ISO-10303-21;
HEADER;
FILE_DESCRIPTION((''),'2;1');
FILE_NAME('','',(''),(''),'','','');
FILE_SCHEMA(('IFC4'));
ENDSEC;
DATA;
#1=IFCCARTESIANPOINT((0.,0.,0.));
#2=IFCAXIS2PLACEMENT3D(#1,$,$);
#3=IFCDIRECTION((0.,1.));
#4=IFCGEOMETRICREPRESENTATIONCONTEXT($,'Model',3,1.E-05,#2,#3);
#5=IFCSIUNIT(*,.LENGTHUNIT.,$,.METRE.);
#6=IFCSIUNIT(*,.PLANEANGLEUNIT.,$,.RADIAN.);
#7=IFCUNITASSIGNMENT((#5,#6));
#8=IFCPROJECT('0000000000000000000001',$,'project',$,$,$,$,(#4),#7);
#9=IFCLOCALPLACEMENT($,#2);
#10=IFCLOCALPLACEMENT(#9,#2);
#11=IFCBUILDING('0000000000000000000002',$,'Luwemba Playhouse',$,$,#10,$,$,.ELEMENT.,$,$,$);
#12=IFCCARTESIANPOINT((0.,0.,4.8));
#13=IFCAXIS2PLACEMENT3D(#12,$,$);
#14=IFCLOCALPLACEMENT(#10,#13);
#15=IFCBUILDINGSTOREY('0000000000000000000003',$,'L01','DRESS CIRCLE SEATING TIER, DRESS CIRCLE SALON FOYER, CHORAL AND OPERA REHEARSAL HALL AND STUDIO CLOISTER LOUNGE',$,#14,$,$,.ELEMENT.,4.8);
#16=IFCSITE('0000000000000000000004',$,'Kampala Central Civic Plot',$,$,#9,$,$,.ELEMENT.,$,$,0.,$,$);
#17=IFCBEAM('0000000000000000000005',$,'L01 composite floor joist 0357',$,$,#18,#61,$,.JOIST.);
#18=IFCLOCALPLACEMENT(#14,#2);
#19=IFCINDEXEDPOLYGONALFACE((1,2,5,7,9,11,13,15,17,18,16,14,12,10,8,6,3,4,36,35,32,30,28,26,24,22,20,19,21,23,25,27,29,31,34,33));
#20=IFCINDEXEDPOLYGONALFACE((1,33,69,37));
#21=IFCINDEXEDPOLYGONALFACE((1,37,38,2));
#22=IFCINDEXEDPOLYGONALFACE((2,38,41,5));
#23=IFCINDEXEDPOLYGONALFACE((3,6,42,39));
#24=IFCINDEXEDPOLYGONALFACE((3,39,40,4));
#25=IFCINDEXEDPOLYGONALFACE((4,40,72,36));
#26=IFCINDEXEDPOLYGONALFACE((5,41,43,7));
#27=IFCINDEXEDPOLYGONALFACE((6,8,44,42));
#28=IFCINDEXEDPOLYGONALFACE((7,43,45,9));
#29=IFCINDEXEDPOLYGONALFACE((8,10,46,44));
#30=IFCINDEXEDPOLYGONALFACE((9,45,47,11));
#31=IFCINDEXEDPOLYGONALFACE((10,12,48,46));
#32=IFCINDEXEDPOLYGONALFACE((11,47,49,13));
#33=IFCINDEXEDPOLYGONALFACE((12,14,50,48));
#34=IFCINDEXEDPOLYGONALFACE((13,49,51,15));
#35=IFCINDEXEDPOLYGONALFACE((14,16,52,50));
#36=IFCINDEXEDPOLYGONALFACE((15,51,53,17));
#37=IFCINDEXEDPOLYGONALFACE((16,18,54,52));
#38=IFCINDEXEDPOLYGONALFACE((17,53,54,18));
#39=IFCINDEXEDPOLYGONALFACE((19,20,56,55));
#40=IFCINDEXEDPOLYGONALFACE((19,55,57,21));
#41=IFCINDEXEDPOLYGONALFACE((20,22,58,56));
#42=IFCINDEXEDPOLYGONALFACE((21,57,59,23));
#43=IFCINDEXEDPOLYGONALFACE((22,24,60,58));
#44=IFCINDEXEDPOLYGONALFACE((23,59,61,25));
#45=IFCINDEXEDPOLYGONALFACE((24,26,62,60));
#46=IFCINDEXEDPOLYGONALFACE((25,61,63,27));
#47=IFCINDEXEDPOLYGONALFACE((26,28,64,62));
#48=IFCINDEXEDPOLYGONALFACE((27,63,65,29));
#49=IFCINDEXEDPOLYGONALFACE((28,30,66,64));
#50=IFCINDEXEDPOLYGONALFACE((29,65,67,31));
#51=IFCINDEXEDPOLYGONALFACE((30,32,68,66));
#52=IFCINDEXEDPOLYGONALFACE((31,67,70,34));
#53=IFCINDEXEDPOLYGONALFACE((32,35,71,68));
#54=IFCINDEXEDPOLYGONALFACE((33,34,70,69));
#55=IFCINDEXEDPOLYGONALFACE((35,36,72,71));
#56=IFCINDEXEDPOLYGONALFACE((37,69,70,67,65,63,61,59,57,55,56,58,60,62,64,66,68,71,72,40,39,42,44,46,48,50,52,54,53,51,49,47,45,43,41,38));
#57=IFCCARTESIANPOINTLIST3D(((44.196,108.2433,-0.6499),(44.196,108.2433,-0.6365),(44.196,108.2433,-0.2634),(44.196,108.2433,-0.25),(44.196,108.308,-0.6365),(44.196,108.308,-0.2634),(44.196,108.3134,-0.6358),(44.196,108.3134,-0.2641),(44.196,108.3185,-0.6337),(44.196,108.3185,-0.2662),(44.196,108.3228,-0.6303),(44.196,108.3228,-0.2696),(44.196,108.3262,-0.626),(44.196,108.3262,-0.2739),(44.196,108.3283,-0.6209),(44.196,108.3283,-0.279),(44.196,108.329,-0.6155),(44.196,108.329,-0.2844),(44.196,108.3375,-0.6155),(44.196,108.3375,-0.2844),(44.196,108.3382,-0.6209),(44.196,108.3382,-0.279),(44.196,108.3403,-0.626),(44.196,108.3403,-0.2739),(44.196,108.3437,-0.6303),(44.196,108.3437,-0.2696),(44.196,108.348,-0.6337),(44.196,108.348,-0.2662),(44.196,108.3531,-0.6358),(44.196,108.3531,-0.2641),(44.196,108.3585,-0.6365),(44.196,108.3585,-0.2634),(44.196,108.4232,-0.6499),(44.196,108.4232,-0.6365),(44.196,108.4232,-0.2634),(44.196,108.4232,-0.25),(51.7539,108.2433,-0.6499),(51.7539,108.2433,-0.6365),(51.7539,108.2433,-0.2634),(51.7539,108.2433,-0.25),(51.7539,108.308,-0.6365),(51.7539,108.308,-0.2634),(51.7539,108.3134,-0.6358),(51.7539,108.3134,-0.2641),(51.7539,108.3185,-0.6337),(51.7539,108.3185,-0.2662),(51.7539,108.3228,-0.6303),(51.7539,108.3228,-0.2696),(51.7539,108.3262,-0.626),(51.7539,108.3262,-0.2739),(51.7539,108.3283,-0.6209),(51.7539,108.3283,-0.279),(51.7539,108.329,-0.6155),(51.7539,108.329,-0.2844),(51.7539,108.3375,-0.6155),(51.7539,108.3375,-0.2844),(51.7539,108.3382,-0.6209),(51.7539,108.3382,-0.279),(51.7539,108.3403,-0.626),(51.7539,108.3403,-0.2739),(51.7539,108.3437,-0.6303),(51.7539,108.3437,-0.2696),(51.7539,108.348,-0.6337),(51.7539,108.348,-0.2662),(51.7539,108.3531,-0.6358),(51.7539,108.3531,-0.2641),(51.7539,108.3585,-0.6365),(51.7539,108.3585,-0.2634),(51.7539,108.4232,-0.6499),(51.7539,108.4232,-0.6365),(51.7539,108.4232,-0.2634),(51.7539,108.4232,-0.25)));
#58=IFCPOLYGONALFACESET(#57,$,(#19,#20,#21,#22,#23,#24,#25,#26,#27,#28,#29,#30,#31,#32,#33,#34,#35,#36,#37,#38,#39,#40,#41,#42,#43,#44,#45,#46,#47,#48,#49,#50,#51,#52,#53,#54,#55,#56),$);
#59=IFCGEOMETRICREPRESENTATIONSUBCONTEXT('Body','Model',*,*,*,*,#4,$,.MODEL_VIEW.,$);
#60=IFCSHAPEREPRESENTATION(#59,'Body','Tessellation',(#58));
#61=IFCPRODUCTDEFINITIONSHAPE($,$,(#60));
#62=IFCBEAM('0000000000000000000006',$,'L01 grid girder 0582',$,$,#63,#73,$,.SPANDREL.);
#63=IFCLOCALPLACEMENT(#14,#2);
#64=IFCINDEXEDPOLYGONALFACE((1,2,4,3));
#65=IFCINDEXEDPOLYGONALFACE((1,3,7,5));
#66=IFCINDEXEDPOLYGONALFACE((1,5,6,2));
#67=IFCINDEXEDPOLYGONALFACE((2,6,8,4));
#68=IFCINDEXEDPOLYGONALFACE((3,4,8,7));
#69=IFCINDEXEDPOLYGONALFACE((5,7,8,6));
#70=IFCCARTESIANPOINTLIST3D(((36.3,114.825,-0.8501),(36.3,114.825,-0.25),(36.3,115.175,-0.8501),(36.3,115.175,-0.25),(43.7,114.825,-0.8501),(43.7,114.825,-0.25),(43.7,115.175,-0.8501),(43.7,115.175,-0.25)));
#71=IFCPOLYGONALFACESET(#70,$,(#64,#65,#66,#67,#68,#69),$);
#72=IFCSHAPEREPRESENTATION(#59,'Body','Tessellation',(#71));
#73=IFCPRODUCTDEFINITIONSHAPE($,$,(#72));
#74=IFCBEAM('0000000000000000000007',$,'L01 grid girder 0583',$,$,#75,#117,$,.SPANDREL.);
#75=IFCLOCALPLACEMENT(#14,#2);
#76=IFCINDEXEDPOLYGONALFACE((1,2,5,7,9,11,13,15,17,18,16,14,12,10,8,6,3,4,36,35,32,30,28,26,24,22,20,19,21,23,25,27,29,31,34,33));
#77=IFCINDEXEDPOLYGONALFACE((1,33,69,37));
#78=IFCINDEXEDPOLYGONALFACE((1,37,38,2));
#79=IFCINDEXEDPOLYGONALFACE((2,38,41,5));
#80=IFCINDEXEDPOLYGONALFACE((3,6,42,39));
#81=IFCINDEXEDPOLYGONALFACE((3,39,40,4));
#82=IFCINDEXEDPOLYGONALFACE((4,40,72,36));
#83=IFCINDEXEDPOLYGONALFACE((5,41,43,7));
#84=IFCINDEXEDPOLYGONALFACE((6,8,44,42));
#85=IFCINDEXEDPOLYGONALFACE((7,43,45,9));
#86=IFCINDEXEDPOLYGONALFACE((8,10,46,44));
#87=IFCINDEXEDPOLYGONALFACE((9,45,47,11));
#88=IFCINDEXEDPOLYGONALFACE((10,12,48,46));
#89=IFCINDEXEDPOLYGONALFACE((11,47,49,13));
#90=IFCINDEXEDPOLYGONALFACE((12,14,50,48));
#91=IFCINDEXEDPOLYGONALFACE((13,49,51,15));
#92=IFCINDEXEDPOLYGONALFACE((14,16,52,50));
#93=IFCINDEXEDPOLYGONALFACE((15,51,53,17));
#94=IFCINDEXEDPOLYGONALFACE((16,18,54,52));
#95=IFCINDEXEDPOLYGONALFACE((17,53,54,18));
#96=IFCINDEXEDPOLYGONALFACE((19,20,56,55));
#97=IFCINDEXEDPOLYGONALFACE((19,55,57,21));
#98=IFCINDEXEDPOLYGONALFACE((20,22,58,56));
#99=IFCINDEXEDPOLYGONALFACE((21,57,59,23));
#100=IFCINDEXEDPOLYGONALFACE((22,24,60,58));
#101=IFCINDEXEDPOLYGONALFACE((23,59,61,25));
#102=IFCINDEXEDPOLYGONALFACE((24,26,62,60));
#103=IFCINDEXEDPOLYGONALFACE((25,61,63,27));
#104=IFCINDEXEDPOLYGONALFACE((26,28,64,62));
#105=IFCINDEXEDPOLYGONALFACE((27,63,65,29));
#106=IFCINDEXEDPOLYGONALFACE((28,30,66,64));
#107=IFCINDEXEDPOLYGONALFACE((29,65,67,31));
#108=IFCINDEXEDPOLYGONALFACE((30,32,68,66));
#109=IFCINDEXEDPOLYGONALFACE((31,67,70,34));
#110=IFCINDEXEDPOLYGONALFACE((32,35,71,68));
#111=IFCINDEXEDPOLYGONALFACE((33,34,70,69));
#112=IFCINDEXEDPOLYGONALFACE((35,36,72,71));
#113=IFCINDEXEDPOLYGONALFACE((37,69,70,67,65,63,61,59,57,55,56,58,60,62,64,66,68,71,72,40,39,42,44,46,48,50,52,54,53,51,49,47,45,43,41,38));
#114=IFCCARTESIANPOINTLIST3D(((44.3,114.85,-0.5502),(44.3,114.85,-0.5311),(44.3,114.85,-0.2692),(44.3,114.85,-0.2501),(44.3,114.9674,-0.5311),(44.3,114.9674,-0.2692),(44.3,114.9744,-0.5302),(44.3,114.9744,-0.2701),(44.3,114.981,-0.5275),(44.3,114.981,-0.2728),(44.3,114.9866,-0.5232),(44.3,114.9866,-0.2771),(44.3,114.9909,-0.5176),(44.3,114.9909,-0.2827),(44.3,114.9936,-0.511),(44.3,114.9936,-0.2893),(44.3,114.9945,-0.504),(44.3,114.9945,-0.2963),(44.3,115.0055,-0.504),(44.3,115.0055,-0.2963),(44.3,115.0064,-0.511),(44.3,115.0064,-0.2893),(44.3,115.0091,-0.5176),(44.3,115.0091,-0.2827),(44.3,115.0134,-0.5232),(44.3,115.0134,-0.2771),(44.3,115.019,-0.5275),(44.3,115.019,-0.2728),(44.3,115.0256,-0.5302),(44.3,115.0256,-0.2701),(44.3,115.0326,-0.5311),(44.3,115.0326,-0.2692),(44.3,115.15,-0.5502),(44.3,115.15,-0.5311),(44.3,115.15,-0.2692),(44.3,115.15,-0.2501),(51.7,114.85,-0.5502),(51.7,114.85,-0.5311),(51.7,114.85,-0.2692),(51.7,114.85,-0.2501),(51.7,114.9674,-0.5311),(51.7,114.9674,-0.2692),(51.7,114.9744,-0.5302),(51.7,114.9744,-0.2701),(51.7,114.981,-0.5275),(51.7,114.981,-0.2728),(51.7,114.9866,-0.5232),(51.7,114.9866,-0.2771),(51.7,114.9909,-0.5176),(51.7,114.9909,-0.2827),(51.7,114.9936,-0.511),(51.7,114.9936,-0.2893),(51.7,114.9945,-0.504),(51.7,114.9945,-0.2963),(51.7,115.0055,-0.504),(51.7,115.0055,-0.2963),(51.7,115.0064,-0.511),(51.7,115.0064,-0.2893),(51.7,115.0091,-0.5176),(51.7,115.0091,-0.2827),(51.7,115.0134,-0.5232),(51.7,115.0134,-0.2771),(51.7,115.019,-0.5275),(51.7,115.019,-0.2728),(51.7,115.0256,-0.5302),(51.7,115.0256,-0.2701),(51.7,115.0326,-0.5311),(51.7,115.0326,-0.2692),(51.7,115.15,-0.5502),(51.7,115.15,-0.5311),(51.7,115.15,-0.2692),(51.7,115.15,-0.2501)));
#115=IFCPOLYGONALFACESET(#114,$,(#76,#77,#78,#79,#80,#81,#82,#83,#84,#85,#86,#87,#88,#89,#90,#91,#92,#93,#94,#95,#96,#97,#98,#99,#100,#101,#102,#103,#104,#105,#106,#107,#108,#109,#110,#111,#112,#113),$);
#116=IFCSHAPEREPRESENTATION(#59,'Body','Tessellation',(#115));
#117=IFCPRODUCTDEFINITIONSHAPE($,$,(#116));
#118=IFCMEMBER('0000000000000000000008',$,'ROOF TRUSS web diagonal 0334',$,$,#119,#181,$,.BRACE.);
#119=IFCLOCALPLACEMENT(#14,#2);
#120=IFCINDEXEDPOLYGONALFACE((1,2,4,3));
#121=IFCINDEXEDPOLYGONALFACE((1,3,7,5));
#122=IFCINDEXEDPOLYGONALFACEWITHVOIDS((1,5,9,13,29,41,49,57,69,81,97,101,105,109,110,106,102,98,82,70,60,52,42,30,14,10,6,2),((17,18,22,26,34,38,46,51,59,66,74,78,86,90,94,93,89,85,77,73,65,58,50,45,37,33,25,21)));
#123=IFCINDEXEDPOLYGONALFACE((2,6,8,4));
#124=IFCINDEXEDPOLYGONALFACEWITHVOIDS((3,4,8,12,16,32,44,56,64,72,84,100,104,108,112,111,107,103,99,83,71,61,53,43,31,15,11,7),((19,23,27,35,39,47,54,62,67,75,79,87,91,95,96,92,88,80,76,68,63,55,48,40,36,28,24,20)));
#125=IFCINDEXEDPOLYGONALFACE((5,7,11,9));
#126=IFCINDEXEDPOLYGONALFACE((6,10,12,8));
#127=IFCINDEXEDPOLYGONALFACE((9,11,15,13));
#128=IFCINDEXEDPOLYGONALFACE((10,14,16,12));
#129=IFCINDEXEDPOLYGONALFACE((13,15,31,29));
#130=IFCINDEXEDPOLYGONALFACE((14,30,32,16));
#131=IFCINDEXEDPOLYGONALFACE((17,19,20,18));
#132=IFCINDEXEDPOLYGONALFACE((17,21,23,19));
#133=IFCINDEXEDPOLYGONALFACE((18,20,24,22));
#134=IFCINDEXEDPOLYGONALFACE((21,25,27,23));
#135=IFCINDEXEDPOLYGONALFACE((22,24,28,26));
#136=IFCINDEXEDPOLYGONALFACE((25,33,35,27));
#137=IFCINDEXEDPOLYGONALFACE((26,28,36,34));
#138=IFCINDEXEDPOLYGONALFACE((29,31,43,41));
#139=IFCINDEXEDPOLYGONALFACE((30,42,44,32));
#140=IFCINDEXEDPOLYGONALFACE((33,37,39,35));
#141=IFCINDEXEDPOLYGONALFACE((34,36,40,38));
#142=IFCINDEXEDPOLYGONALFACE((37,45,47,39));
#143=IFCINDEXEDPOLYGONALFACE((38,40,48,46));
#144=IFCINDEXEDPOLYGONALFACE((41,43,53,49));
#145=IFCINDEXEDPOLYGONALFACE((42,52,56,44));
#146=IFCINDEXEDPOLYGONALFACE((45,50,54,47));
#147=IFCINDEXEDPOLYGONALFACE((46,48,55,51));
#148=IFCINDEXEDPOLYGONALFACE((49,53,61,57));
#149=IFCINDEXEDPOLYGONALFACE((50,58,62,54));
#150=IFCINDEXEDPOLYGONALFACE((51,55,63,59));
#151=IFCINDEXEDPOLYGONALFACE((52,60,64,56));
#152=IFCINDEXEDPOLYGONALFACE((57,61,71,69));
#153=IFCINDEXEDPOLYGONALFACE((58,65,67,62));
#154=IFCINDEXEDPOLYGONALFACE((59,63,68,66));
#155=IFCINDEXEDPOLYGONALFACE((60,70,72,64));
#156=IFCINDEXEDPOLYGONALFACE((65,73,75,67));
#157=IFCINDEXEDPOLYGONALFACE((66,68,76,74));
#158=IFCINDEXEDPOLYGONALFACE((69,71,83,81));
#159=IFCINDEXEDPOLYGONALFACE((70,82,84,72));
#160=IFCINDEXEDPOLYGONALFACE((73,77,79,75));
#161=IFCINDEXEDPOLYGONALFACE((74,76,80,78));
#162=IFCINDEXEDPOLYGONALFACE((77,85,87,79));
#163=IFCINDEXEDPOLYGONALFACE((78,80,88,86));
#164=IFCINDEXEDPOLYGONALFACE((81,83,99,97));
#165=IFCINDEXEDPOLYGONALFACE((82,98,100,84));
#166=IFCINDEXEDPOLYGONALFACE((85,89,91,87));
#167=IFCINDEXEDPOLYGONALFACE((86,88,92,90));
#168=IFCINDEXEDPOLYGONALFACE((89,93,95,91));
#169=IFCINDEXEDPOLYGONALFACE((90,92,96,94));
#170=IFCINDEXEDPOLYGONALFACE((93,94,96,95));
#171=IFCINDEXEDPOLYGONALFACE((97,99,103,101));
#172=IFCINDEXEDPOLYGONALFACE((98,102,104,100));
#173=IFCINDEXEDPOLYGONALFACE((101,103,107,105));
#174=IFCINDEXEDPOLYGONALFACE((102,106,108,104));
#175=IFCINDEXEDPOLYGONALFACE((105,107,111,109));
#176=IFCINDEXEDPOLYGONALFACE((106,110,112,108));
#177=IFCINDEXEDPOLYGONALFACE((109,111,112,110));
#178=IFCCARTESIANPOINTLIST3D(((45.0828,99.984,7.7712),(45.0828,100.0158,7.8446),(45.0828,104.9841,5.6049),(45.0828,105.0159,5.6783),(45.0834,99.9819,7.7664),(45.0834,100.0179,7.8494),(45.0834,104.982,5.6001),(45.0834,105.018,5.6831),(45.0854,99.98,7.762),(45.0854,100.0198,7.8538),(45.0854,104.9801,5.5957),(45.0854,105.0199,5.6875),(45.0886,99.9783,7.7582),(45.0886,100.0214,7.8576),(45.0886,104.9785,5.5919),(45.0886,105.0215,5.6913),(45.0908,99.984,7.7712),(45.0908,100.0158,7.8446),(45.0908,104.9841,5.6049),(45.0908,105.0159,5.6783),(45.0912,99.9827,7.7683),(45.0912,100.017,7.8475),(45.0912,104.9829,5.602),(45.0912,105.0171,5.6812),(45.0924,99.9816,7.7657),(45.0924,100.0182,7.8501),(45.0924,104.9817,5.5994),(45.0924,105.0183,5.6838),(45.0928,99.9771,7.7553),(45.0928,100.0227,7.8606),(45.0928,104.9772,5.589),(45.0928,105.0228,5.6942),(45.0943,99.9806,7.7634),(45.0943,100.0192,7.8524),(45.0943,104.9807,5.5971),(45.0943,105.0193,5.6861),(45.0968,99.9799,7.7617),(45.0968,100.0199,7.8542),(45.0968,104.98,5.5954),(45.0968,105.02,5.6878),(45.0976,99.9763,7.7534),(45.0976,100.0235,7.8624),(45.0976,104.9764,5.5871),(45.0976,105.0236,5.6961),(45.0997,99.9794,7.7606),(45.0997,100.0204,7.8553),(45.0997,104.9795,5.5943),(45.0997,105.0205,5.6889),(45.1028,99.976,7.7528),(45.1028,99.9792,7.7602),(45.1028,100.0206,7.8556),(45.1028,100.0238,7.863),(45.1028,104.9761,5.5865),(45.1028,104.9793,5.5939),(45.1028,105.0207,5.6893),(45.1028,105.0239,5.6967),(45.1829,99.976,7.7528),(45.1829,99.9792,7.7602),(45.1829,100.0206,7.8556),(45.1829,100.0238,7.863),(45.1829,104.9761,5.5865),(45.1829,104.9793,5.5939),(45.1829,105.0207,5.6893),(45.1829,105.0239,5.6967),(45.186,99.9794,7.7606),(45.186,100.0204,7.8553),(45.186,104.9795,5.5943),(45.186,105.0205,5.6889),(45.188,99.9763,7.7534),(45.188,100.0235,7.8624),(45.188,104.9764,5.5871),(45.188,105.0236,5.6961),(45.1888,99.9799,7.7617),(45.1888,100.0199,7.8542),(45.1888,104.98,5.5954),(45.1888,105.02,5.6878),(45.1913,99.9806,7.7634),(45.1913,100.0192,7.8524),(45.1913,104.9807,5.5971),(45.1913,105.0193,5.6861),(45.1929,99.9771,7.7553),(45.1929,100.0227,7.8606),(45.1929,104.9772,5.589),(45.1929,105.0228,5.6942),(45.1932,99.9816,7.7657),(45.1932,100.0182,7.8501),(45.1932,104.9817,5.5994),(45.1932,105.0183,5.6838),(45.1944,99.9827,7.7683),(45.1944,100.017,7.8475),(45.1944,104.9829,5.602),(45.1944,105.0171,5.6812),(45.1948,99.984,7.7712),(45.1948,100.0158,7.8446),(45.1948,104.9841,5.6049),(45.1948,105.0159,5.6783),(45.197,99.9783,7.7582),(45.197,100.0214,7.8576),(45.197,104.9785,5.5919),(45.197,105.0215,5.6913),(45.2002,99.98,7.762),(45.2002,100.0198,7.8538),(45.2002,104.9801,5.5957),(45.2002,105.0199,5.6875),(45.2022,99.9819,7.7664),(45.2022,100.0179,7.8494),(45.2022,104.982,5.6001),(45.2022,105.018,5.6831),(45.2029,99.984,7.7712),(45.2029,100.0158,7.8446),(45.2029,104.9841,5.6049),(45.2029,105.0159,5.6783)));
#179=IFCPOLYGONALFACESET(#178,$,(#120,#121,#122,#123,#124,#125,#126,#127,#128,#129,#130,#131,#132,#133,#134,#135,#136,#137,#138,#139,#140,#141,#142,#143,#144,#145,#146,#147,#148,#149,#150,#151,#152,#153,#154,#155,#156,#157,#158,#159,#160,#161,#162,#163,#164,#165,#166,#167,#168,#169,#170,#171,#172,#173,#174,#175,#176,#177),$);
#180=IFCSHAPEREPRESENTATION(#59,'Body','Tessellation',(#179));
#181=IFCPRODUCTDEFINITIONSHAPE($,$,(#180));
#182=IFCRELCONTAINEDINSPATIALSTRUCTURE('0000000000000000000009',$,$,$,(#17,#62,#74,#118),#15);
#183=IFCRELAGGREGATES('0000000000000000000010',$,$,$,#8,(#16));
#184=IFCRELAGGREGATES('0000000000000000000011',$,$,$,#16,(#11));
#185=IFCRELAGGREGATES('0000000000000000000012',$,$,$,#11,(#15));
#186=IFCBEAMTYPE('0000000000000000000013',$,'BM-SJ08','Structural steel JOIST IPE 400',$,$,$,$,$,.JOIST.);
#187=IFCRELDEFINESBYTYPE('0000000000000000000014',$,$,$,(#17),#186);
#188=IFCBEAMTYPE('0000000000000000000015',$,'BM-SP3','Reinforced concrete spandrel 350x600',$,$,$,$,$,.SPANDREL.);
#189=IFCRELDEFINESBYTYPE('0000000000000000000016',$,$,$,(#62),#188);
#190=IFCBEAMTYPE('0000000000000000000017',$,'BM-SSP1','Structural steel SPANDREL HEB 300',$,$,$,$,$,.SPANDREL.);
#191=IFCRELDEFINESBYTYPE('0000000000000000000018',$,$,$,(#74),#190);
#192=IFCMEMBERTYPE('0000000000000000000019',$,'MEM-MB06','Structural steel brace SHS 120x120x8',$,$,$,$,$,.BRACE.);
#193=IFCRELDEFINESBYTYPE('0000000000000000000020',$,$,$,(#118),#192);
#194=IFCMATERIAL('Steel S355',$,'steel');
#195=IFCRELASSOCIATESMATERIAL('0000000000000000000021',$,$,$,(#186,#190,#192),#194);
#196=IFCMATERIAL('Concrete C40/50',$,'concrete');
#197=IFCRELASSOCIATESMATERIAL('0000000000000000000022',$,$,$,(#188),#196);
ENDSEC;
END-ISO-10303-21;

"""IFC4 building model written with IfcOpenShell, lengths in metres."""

from ifc_helpers import new_model, si_unit, direction, frame, origin, origin_2d, place, context, subcontext, project, spatial, rectangle, hollow_rectangle, i_section, extrude, material, material_profile, profile_set, type_object, element, save


model = new_model("IFC4")

# Units and contexts
model_context = context("Model", 3, precision=1e-05, world=origin(), true_north=direction((0.0, 1.0)))
body_context = subcontext(model_context, "Body", "Model", "MODEL_VIEW")
ifc_project = project(units=[si_unit("LENGTHUNIT", "METRE"), si_unit("PLANEANGLEUNIT", "RADIAN")], contexts=[model_context])

# Site, building, storey
site_placement = place(None, origin())
site = spatial("IfcSite", under=ifc_project, at=site_placement, Name="Kampala Central Civic Plot", CompositionType="ELEMENT", RefElevation=0.0)
building_placement = place(site_placement, origin())
building = spatial("IfcBuilding", under=site, at=building_placement, Name="Luwemba Playhouse", CompositionType="ELEMENT")
storey_placement = place(building_placement, frame((0.0, 0.0, 4.8)))
storey = spatial("IfcBuildingStorey", under=building, at=storey_placement, Name="L01", Description="DRESS CIRCLE SEATING TIER, DRESS CIRCLE SALON FOYER, CHORAL AND OPERA REHEARSAL HALL AND STUDIO CLOISTER LOUNGE", CompositionType="ELEMENT", Elevation=4.8)

# Shared definitions
ifc_material_1 = material(Name="Concrete C40/50", Category="concrete")

# Beams
ifc_material_2 = material(Name="Steel S355", Category="steel")
ifc_material_profile_1 = material_profile(ifc_material_2, i_section(OverallWidth=0.1799, OverallDepth=0.3999, WebThickness=0.0085, FlangeThickness=0.0134, FilletRadius=0.021, at=origin_2d()))
ifc_profile_set_1 = profile_set([ifc_material_profile_1], Name="Steel S355")
beam_type_1 = type_object("IfcBeamType", Name="BM-SJ08", Description="Structural steel JOIST IPE 400", PredefinedType="JOIST", material=ifc_profile_set_1)
beam_1_placement = place(storey_placement, frame((44.196, 108.3333, -0.45), z_axis=(1.0, 0.0, 0.0), x_axis=(0.0, 1.0, 0.0)))
element("IfcBeam", 1, at=beam_1_placement, inside=storey, type_object=beam_type_1, Name="L01 composite floor joist 0357", PredefinedType="JOIST", context=body_context, shape_type="SweptSolid", body=[
    extrude(i_section(OverallWidth=0.1799, OverallDepth=0.3999, WebThickness=0.0085, FlangeThickness=0.0134, FilletRadius=0.021, at=origin_2d()), origin(), (0.0, 0.0, 1.0), 7.5579),
])
ifc_material_profile_2 = material_profile(ifc_material_1, rectangle(XDim=0.3501, YDim=0.6001, at=origin_2d()))
ifc_profile_set_2 = profile_set([ifc_material_profile_2], Name="Concrete C40/50")
beam_type_2 = type_object("IfcBeamType", Name="BM-SP3", Description="Reinforced concrete spandrel 350x600", PredefinedType="SPANDREL", material=ifc_profile_set_2)
beam_2_placement = place(storey_placement, frame((36.3, 115.0, -0.55), z_axis=(1.0, 0.0, 0.0), x_axis=(0.0, 1.0, 0.0)))
element("IfcBeam", 2, at=beam_2_placement, inside=storey, type_object=beam_type_2, Name="L01 grid girder 0582", PredefinedType="SPANDREL", context=body_context, shape_type="SweptSolid", body=[
    extrude(rectangle(XDim=0.3501, YDim=0.6001, at=origin_2d()), origin(), (0.0, 0.0, 1.0), 7.3999),
])
ifc_material_profile_3 = material_profile(ifc_material_2, i_section(OverallWidth=0.3, OverallDepth=0.3, WebThickness=0.011, FlangeThickness=0.019, FilletRadius=0.0271, at=origin_2d()))
ifc_profile_set_3 = profile_set([ifc_material_profile_3], Name="Steel S355")
beam_type_3 = type_object("IfcBeamType", Name="BM-SSP1", Description="Structural steel SPANDREL HEB 300", PredefinedType="SPANDREL", material=ifc_profile_set_3)
beam_3_placement = place(storey_placement, frame((44.3, 115.0, -0.4001), z_axis=(1.0, 0.0, 0.0), x_axis=(0.0, 1.0, 0.0)))
element("IfcBeam", 3, at=beam_3_placement, inside=storey, type_object=beam_type_3, Name="L01 grid girder 0583", PredefinedType="SPANDREL", context=body_context, shape_type="SweptSolid", body=[
    extrude(i_section(OverallWidth=0.3, OverallDepth=0.3, WebThickness=0.011, FlangeThickness=0.019, FilletRadius=0.0271, at=origin_2d()), origin(), (0.0, 0.0, 1.0), 7.3999),
])

# Member
ifc_material_profile_4 = material_profile(ifc_material_2, hollow_rectangle(XDim=0.1201, YDim=0.1201, WallThickness=0.0081, InnerFilletRadius=0.012, OuterFilletRadius=0.02, at=origin_2d()))
ifc_profile_set_4 = profile_set([ifc_material_profile_4], Name="Steel S355")
member_type_1 = type_object("IfcMemberType", Name="MEM-MB06", Description="Structural steel brace SHS 120x120x8", PredefinedType="BRACE", material=ifc_profile_set_4)
for number, where, z_axis, x_axis, name in (
    (4, (45.1428, 105.0, 5.6416), (0.0, -0.917583, 0.397545), (1.0, 0.0, 0.0), "ROOF TRUSS web diagonal 0334"),
):
    element("IfcMember", number, at=place(storey_placement, frame(where, z_axis=z_axis, x_axis=x_axis)), inside=storey, type_object=member_type_1, Name=name, PredefinedType="BRACE", context=body_context, shape_type="SweptSolid", body=[
        extrude(hollow_rectangle(XDim=0.1201, YDim=0.1201, WallThickness=0.0081, InnerFilletRadius=0.012, OuterFilletRadius=0.02, at=origin_2d()), origin(), (0.0, 0.0, 1.0), 5.4492),
    ])

save(model, "model.ifc")
